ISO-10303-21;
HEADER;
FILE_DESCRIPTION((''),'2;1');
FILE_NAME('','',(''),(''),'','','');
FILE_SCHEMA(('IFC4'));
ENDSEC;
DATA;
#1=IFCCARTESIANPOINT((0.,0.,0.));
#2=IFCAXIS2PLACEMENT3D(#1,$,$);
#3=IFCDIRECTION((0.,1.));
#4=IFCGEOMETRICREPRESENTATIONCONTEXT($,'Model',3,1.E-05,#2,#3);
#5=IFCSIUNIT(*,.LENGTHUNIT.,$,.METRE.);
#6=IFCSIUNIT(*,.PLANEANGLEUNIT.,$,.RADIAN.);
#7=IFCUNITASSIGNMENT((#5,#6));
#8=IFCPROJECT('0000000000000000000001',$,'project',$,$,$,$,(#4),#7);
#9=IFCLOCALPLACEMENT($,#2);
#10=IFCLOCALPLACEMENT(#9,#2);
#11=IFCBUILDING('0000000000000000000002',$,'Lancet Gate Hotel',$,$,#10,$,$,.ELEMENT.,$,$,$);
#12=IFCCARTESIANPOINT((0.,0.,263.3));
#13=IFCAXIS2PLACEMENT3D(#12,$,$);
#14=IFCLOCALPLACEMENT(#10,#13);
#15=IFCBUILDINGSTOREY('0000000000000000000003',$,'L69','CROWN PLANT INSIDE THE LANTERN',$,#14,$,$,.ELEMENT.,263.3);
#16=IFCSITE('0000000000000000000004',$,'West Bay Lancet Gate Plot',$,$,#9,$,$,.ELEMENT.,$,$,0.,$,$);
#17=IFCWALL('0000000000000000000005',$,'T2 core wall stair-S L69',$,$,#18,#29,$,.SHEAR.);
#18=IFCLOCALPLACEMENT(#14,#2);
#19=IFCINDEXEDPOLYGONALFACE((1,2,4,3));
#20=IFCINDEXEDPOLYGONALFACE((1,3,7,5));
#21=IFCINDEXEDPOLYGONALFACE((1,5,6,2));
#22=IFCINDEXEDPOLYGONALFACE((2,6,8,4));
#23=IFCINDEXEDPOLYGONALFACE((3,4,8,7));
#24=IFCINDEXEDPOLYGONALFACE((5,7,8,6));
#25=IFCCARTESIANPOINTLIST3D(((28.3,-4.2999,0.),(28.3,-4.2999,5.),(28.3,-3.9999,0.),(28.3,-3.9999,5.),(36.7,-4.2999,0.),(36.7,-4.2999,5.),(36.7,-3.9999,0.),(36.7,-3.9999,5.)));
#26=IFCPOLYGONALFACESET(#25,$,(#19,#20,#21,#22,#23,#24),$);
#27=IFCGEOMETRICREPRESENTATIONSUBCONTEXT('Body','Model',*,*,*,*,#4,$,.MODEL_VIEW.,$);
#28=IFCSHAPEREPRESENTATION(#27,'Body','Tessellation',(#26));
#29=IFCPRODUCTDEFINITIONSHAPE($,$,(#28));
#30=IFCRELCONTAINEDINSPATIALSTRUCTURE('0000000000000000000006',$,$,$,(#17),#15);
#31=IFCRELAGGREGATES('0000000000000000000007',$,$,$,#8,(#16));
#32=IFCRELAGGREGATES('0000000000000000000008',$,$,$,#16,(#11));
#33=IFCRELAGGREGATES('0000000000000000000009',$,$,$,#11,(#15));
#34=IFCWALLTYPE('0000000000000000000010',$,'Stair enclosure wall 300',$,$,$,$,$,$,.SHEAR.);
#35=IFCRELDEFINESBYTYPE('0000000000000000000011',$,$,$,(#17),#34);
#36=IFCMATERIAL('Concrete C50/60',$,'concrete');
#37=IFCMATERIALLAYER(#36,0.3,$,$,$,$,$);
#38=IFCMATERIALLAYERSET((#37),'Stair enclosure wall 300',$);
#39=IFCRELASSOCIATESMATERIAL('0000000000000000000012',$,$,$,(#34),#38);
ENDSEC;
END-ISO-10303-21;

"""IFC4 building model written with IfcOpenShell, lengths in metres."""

from ifc_helpers import new_model, si_unit, direction, frame, frame_2d, origin, place, context, subcontext, project, spatial, rectangle, extrude, material, layer, layer_set, type_object, element, save


model = new_model("IFC4")

# Units and contexts
model_context = context("Model", 3, precision=1e-05, world=origin(), true_north=direction((0.0, 1.0)))
body_context = subcontext(model_context, "Body", "Model", "MODEL_VIEW")
ifc_project = project(units=[si_unit("LENGTHUNIT", "METRE"), si_unit("PLANEANGLEUNIT", "RADIAN")], contexts=[model_context])

# Site, building, storey
site_placement = place(None, origin())
site = spatial("IfcSite", under=ifc_project, at=site_placement, Name="West Bay Lancet Gate Plot", CompositionType="ELEMENT", RefElevation=0.0)
building_placement = place(site_placement, origin())
building = spatial("IfcBuilding", under=site, at=building_placement, Name="Lancet Gate Hotel", CompositionType="ELEMENT")
storey_placement = place(building_placement, frame((0.0, 0.0, 263.3)))
storey = spatial("IfcBuildingStorey", under=building, at=storey_placement, Name="L69", Description="CROWN PLANT INSIDE THE LANTERN", CompositionType="ELEMENT", Elevation=263.3)

# Wall
ifc_material_1 = material(Name="Concrete C50/60", Category="concrete")
ifc_layer_1 = layer(ifc_material_1, 0.3)
ifc_layer_set_1 = layer_set([ifc_layer_1], Name="Stair enclosure wall 300")
wall_type_1 = type_object("IfcWallType", Name="Stair enclosure wall 300", PredefinedType="SHEAR", material=ifc_layer_set_1)
wall_1_placement = place(storey_placement, frame((28.3, -4.1499, 0.0), z_axis=(0.0, 0.0, 1.0), x_axis=(1.0, 0.0, 0.0)))
element("IfcWall", 1, at=wall_1_placement, inside=storey, type_object=wall_type_1, Name="T2 core wall stair-S L69", PredefinedType="SHEAR", context=body_context, shape_type="SweptSolid", body=[
    extrude(rectangle(XDim=8.3999, YDim=0.3, at=frame_2d((4.2, 0.0))), origin(), (0.0, 0.0, 1.0), 5.0),
])

save(model, "model.ifc")
